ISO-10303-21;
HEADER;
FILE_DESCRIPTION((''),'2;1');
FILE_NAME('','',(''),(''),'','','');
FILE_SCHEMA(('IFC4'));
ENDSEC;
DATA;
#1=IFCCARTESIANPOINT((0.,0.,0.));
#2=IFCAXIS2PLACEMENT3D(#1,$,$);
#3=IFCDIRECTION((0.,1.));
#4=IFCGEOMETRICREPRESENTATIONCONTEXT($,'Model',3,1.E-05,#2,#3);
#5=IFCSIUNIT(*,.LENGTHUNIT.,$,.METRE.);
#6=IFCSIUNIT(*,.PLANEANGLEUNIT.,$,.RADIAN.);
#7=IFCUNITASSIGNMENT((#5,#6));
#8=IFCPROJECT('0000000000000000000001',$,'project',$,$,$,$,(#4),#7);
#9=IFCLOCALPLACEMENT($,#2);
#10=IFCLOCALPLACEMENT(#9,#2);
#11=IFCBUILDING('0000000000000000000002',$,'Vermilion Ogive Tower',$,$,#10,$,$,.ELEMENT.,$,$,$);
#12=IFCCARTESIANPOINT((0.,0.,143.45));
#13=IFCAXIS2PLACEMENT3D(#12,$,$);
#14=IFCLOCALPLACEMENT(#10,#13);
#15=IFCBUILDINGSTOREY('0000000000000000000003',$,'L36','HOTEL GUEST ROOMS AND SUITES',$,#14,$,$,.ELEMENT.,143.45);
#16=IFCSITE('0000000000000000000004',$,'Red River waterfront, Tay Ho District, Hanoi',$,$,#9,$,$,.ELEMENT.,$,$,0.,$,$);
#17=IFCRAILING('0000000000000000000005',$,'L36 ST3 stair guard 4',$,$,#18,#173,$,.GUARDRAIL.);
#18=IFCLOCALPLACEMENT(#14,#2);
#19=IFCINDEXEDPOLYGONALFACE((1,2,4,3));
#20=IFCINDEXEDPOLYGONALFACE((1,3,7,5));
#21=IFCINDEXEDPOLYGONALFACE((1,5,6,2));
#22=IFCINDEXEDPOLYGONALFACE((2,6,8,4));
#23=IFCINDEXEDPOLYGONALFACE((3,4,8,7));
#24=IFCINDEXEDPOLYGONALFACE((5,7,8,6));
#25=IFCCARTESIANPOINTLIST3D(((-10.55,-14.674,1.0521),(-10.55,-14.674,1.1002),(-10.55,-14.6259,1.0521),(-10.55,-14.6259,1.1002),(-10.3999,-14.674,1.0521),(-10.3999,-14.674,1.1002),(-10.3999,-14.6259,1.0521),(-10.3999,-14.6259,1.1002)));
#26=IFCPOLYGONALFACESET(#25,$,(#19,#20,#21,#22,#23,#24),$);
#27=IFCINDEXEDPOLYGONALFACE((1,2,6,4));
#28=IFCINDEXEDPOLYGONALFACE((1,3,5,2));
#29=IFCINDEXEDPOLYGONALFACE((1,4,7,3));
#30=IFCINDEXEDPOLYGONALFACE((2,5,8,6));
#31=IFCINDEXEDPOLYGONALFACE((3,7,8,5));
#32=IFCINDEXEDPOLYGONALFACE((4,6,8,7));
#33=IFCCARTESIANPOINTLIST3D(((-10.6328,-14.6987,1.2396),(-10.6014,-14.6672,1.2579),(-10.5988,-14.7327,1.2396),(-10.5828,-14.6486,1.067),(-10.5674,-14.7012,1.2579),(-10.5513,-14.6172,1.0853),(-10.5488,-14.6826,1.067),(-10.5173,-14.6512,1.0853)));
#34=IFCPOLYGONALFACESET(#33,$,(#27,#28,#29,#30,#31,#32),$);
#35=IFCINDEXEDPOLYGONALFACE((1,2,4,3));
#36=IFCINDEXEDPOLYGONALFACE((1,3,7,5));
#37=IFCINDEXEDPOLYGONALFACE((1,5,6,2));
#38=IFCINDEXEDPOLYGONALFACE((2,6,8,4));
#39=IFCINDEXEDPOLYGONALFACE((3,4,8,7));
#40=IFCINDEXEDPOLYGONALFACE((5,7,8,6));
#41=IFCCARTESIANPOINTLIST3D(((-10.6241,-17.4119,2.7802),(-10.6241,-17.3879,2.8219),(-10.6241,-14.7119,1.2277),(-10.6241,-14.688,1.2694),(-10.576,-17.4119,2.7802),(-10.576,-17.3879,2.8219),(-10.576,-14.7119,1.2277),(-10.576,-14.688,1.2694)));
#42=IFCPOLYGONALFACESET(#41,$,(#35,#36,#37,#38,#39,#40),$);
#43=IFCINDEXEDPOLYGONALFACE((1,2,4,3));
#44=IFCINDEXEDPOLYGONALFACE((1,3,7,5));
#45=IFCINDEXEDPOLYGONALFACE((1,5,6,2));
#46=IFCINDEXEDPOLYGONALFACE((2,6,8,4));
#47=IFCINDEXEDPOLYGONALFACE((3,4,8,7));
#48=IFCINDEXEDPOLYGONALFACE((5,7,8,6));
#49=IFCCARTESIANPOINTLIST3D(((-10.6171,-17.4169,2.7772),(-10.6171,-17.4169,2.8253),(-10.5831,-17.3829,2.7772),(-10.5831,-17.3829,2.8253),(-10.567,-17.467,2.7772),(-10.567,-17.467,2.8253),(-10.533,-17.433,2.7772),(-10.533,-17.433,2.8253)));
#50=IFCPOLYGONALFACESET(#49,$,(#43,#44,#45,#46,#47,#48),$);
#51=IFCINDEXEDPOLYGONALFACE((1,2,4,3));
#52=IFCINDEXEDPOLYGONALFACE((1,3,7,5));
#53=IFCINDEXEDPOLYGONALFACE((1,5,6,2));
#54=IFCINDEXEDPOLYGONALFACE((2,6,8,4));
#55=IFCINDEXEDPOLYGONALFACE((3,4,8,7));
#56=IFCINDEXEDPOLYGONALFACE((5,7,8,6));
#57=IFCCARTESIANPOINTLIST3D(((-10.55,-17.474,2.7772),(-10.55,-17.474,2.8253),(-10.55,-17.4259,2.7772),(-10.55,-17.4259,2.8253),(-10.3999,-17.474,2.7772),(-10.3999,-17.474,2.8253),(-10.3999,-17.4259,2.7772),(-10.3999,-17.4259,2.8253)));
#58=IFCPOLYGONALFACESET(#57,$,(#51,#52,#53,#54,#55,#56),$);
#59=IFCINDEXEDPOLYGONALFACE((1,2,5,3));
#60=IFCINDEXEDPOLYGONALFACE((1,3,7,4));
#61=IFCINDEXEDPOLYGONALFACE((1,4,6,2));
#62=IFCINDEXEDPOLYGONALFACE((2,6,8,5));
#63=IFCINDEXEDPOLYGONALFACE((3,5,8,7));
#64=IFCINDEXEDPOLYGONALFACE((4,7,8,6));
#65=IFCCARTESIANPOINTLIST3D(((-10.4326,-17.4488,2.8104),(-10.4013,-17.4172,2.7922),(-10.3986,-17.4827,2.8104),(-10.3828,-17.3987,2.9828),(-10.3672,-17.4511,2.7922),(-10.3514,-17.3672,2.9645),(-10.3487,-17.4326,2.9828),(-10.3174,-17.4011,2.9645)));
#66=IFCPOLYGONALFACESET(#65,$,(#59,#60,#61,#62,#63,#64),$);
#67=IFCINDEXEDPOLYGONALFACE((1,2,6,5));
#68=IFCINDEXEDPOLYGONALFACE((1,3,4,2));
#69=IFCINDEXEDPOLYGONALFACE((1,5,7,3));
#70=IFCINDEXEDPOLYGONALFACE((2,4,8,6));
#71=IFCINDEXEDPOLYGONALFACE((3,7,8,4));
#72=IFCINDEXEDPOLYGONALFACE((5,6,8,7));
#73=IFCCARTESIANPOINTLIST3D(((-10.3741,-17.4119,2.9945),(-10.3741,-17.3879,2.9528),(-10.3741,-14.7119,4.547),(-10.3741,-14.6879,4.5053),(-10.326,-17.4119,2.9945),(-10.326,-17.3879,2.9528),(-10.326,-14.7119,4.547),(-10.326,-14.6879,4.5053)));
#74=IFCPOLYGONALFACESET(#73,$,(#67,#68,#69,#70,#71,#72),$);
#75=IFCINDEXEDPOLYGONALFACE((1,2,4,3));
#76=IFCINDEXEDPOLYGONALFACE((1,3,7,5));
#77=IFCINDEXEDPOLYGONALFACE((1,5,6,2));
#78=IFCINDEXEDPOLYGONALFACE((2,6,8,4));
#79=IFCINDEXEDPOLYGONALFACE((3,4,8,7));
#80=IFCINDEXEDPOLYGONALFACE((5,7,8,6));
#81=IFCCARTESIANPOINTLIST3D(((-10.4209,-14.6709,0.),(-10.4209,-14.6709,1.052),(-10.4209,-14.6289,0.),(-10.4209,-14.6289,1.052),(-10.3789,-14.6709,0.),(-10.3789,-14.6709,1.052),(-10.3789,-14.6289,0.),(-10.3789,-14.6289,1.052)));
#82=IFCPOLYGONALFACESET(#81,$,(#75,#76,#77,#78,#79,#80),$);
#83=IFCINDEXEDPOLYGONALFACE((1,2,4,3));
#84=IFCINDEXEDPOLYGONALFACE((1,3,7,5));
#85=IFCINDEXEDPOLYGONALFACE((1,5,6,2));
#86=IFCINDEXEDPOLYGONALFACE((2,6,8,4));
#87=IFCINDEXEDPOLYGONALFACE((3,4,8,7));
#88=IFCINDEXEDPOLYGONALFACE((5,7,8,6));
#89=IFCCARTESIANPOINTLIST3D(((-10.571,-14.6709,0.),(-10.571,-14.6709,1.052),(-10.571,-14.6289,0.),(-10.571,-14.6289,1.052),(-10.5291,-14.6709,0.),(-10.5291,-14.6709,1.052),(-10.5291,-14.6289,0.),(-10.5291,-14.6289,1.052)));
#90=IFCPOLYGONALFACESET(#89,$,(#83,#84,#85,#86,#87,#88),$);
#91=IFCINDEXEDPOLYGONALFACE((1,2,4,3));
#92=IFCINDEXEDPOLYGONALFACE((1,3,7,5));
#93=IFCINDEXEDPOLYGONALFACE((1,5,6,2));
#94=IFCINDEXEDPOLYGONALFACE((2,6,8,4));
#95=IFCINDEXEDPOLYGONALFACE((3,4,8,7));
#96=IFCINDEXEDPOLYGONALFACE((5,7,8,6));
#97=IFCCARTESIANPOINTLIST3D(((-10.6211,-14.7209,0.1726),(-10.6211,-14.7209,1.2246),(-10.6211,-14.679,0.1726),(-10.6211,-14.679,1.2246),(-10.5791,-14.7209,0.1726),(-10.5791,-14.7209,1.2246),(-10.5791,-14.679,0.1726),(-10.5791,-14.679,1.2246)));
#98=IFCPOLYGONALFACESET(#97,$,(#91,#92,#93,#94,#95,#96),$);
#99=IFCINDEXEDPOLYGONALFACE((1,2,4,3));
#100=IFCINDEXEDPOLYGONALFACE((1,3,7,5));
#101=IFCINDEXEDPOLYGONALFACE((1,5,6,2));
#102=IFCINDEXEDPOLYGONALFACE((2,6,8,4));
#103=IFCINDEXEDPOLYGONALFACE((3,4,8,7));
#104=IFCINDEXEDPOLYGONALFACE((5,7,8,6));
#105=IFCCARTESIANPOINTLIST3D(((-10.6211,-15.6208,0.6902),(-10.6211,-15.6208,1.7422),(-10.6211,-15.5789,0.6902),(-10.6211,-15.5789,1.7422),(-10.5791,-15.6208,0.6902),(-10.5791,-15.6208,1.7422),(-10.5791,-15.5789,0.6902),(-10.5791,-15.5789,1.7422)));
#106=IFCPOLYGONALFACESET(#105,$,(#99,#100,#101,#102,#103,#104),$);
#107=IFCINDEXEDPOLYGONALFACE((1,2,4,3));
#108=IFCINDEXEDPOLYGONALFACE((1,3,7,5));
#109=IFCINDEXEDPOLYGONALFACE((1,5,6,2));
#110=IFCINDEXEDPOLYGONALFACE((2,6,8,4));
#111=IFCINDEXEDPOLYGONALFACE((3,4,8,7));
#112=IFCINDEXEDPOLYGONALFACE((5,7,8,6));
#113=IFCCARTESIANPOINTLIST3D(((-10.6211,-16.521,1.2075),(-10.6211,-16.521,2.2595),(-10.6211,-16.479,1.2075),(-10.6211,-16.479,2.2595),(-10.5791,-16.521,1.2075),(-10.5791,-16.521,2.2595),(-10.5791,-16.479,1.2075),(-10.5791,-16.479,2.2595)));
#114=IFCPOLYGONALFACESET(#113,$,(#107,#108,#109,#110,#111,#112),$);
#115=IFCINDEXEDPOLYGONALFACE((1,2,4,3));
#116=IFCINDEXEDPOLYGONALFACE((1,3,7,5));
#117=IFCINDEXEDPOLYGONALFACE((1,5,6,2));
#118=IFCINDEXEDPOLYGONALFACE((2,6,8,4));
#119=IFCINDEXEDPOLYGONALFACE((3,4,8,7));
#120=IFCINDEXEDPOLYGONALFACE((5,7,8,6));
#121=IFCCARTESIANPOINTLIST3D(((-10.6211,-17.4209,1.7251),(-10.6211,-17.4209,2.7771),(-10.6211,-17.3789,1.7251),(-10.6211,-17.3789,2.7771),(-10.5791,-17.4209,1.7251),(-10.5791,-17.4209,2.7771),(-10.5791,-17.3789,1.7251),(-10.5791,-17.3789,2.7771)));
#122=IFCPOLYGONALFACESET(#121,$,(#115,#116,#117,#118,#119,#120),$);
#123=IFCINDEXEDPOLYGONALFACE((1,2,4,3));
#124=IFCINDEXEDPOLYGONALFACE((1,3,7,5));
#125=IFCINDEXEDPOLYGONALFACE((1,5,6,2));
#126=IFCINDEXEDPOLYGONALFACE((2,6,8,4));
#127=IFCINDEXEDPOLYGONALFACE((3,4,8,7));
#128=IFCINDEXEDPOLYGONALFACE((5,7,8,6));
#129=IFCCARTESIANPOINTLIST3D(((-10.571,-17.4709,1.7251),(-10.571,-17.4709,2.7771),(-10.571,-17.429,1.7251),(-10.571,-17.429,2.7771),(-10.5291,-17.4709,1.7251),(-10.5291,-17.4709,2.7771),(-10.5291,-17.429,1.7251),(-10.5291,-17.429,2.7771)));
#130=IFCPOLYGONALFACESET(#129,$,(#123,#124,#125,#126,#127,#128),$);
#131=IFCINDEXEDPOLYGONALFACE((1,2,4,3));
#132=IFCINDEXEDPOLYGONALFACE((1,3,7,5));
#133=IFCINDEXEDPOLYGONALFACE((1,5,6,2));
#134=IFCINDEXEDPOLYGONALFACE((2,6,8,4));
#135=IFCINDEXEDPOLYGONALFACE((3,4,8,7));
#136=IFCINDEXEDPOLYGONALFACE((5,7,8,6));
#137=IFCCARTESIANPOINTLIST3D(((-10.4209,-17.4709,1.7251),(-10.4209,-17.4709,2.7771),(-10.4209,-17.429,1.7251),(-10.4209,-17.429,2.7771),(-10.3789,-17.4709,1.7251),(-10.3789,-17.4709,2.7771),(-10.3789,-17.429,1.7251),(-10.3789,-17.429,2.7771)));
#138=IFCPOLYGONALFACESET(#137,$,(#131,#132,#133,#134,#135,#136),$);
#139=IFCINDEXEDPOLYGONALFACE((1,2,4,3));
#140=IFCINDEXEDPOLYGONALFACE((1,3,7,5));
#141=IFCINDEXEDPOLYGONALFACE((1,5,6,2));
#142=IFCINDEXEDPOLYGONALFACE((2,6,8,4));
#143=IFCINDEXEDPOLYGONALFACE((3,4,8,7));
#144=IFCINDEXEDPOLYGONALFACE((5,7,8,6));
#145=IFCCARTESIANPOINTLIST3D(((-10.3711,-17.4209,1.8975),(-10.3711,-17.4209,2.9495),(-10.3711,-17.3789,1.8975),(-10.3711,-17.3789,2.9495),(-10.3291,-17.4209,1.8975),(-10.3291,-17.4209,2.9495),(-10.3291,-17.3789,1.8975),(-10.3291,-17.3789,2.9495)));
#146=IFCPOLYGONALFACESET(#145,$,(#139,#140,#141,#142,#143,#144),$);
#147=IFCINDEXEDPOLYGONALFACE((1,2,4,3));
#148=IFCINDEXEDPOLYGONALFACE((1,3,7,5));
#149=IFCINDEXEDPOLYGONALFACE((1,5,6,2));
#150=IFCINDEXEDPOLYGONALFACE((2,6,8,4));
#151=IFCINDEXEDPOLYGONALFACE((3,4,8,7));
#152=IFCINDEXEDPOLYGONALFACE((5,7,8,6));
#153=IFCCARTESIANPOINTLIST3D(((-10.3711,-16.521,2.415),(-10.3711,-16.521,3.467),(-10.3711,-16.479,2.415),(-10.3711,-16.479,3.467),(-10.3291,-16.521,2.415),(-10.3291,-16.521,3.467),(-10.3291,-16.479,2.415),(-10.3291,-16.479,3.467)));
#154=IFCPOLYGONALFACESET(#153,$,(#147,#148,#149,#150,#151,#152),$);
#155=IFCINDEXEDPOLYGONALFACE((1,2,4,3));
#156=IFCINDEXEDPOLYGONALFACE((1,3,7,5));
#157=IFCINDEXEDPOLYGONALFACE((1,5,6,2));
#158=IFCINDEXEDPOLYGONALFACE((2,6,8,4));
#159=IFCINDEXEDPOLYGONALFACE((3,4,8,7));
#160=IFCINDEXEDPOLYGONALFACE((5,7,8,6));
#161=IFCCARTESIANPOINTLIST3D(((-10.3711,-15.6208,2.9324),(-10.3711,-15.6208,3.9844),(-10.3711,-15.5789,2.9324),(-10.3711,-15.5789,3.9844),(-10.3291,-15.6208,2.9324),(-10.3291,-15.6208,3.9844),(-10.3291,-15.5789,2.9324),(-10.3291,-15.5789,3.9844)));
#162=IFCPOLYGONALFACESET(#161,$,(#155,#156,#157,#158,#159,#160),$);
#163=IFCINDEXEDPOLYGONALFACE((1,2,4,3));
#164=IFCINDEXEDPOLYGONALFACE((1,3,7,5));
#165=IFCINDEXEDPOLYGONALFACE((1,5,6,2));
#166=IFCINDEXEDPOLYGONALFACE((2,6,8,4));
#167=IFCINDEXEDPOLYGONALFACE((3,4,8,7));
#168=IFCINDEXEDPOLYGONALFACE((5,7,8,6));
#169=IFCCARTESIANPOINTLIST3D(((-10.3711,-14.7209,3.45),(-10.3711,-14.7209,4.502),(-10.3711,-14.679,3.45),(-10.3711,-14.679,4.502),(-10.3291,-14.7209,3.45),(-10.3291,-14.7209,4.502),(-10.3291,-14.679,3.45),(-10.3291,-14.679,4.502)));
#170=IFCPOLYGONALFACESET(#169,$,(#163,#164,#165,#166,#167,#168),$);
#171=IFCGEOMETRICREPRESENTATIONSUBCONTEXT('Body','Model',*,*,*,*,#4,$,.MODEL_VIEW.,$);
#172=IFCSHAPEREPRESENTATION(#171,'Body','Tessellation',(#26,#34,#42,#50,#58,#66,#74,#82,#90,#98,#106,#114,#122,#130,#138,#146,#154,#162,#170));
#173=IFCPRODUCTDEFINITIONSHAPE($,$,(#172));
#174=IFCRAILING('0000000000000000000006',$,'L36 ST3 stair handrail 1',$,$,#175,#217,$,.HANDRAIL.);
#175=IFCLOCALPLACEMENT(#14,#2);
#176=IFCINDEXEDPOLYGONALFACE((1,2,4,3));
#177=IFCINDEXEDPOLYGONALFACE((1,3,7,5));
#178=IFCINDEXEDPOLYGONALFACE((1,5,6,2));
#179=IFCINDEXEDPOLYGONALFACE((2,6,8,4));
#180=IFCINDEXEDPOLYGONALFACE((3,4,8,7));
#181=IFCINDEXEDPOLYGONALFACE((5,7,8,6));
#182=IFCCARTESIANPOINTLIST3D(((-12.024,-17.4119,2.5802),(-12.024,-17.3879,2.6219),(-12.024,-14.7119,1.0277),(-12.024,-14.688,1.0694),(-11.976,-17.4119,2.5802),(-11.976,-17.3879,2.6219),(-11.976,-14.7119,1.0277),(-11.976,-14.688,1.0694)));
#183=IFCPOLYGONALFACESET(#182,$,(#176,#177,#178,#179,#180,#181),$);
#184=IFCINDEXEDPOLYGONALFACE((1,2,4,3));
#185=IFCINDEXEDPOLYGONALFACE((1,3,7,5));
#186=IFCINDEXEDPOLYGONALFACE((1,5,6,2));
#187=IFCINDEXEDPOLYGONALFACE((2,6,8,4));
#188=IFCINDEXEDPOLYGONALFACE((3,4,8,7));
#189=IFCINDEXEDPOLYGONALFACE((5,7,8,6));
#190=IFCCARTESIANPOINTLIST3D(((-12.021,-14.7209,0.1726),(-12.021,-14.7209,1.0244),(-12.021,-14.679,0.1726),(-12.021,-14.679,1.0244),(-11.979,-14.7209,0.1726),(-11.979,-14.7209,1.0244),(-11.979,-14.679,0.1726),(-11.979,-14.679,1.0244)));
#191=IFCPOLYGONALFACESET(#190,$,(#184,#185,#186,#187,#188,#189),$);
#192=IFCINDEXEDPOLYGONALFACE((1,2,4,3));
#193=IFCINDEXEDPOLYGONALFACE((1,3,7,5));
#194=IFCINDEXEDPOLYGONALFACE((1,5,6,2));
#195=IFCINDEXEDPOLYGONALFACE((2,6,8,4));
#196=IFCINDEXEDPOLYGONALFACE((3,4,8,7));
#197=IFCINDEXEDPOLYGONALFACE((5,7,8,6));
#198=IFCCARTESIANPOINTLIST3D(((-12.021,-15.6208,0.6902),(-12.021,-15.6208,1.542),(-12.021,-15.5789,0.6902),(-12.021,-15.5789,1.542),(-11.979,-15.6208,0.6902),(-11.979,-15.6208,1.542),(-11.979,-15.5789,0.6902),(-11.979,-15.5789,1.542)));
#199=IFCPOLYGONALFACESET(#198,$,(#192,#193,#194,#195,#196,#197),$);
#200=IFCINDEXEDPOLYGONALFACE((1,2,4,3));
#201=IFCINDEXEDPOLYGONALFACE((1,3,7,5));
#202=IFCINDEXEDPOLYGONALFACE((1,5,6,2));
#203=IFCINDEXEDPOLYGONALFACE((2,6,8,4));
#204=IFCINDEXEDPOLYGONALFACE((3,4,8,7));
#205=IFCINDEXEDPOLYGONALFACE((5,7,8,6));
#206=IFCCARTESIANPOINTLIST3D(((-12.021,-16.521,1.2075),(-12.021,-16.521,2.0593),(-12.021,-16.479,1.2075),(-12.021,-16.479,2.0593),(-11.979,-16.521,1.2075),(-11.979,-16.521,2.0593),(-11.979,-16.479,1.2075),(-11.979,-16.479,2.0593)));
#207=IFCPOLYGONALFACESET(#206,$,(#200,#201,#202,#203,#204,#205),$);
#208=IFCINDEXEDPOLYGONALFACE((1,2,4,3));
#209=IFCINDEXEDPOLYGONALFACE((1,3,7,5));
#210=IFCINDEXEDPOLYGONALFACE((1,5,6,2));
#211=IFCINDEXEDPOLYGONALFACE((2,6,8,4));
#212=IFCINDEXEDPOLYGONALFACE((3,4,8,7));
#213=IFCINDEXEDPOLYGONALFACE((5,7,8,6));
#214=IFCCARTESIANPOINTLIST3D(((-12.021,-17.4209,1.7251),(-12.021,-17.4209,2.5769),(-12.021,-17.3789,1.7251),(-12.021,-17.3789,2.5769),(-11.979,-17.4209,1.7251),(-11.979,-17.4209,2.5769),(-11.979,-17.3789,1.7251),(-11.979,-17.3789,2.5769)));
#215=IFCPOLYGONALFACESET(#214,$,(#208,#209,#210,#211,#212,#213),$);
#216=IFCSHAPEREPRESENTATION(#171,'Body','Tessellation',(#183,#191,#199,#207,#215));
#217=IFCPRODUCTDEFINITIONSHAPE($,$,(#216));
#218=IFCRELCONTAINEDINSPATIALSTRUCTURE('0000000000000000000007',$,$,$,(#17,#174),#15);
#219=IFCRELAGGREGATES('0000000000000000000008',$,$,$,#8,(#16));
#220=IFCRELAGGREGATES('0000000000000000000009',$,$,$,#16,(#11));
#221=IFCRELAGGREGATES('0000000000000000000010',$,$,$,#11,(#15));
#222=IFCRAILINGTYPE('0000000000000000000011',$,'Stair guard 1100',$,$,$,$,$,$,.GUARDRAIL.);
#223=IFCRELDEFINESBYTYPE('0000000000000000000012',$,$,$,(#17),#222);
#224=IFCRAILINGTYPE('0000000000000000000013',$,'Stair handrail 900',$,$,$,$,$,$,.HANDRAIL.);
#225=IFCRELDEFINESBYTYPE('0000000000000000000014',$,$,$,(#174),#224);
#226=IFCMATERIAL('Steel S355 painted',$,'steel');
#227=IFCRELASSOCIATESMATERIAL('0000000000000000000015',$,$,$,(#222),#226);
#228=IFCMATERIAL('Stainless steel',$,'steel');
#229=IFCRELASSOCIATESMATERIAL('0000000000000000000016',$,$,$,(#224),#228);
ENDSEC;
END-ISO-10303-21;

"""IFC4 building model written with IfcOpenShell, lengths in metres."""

from ifc_helpers import new_model, si_unit, direction, frame, origin, origin_2d, place, context, subcontext, project, spatial, rectangle, extrude, material, type_object, element, save


model = new_model("IFC4")

# Units and contexts
model_context = context("Model", 3, precision=1e-05, world=origin(), true_north=direction((0.0, 1.0)))
body_context = subcontext(model_context, "Body", "Model", "MODEL_VIEW")
ifc_project = project(units=[si_unit("LENGTHUNIT", "METRE"), si_unit("PLANEANGLEUNIT", "RADIAN")], contexts=[model_context])

# Site, building, storey
site_placement = place(None, origin())
site = spatial("IfcSite", under=ifc_project, at=site_placement, Name="Red River waterfront, Tay Ho District, Hanoi", CompositionType="ELEMENT", RefElevation=0.0)
building_placement = place(site_placement, origin())
building = spatial("IfcBuilding", under=site, at=building_placement, Name="Vermilion Ogive Tower", CompositionType="ELEMENT")
storey_placement = place(building_placement, frame((0.0, 0.0, 143.45)))
storey = spatial("IfcBuildingStorey", under=building, at=storey_placement, Name="L36", Description="HOTEL GUEST ROOMS AND SUITES", CompositionType="ELEMENT", Elevation=143.45)

# Railings
ifc_material_1 = material(Name="Steel S355 painted", Category="steel")
railing_type_1 = type_object("IfcRailingType", Name="Stair guard 1100", PredefinedType="GUARDRAIL", material=ifc_material_1)
railing_1_placement = place(storey_placement, frame((-10.3999, -14.6499, 0.0)))
element("IfcRailing", 1, at=railing_1_placement, inside=storey, type_object=railing_type_1, Name="L36 ST3 stair guard 4", PredefinedType="GUARDRAIL", context=body_context, shape_type="SweptSolid", body=[
    extrude(rectangle(XDim=0.0481, YDim=0.0481, at=origin_2d()), frame((0.0, 0.0, 1.0762), z_axis=(-1.0, 0.0, 0.0), x_axis=(0.0, -1.0, 0.0)), (0.0, 0.0, 1.0), 0.1501),
    extrude(rectangle(XDim=0.0481, YDim=0.0481, at=origin_2d()), frame((-0.1501, 0.0, 1.0762), z_axis=(-0.268278, -0.268278, 0.925232), x_axis=(0.707107, -0.707107, 0.0)), (0.0, 0.0, 1.0), 0.1865),
    extrude(rectangle(XDim=0.0481, YDim=0.0481, at=origin_2d()), frame((-0.2002, -0.05, 1.2485), z_axis=(0.0, -0.866904, 0.498476), x_axis=(1.0, 0.0, 0.0)), (0.0, 0.0, 1.0), 3.1145),
    extrude(rectangle(XDim=0.0481, YDim=0.0481, at=origin_2d()), frame((-0.2002, -2.75, 2.8013), z_axis=(0.707107, -0.707107, 0.0), x_axis=(0.707107, 0.707107, 0.0)), (0.0, 0.0, 1.0), 0.0708),
    extrude(rectangle(XDim=0.0481, YDim=0.0481, at=origin_2d()), frame((-0.1501, -2.8, 2.8013), z_axis=(1.0, 0.0, 0.0), x_axis=(0.0, 1.0, 0.0)), (0.0, 0.0, 1.0), 0.1501),
    extrude(rectangle(XDim=0.0481, YDim=0.0481, at=origin_2d()), frame((0.0, -2.8, 2.8013), z_axis=(0.267387, 0.268698, 0.925368), x_axis=(-0.708834, 0.705376, 0.0)), (0.0, 0.0, 1.0), 0.1863),
    extrude(rectangle(XDim=0.0481, YDim=0.0481, at=origin_2d()), frame((0.0498, -2.75, 2.9736), z_axis=(0.0, 0.866904, 0.498476), x_axis=(-1.0, 0.0, 0.0)), (0.0, 0.0, 1.0), 3.1145),
    extrude(rectangle(XDim=0.042, YDim=0.042, at=origin_2d()), origin(), (0.0, 0.0, 1.0), 1.052),
    extrude(rectangle(XDim=0.042, YDim=0.042, at=origin_2d()), frame((-0.1501, 0.0, 0.0)), (0.0, 0.0, 1.0), 1.052),
    extrude(rectangle(XDim=0.042, YDim=0.042, at=origin_2d()), frame((-0.2002, -0.05, 0.1726)), (0.0, 0.0, 1.0), 1.052),
    extrude(rectangle(XDim=0.042, YDim=0.042, at=origin_2d()), frame((-0.2002, -0.95, 0.6902)), (0.0, 0.0, 1.0), 1.052),
    extrude(rectangle(XDim=0.042, YDim=0.042, at=origin_2d()), frame((-0.2002, -1.8501, 1.2075)), (0.0, 0.0, 1.0), 1.052),
    extrude(rectangle(XDim=0.042, YDim=0.042, at=origin_2d()), frame((-0.2002, -2.75, 1.7251)), (0.0, 0.0, 1.0), 1.052),
    extrude(rectangle(XDim=0.042, YDim=0.042, at=origin_2d()), frame((-0.1501, -2.8, 1.7251)), (0.0, 0.0, 1.0), 1.052),
    extrude(rectangle(XDim=0.042, YDim=0.042, at=origin_2d()), frame((0.0, -2.8, 1.7251)), (0.0, 0.0, 1.0), 1.052),
    extrude(rectangle(XDim=0.042, YDim=0.042, at=origin_2d()), frame((0.0498, -2.75, 1.8975)), (0.0, 0.0, 1.0), 1.052),
    extrude(rectangle(XDim=0.042, YDim=0.042, at=origin_2d()), frame((0.0498, -1.8501, 2.415)), (0.0, 0.0, 1.0), 1.052),
    extrude(rectangle(XDim=0.042, YDim=0.042, at=origin_2d()), frame((0.0498, -0.95, 2.9324)), (0.0, 0.0, 1.0), 1.052),
    extrude(rectangle(XDim=0.042, YDim=0.042, at=origin_2d()), frame((0.0498, -0.05, 3.45)), (0.0, 0.0, 1.0), 1.052),
])
ifc_material_2 = material(Name="Stainless steel", Category="steel")
railing_type_2 = type_object("IfcRailingType", Name="Stair handrail 900", PredefinedType="HANDRAIL", material=ifc_material_2)
railing_2_placement = place(storey_placement, frame((-12.0, -14.7, 0.1726)))
element("IfcRailing", 2, at=railing_2_placement, inside=storey, type_object=railing_type_2, Name="L36 ST3 stair handrail 1", PredefinedType="HANDRAIL", context=body_context, shape_type="SweptSolid", body=[
    extrude(rectangle(XDim=0.0481, YDim=0.0481, at=origin_2d()), frame((0.0, 0.0, 0.876), z_axis=(0.0, -0.866904, 0.498476), x_axis=(1.0, 0.0, 0.0)), (0.0, 0.0, 1.0), 3.1145),
    extrude(rectangle(XDim=0.042, YDim=0.042, at=origin_2d()), origin(), (0.0, 0.0, 1.0), 0.8518),
    extrude(rectangle(XDim=0.042, YDim=0.042, at=origin_2d()), frame((0.0, -0.8999, 0.5176)), (0.0, 0.0, 1.0), 0.8518),
    extrude(rectangle(XDim=0.042, YDim=0.042, at=origin_2d()), frame((0.0, -1.8, 1.0349)), (0.0, 0.0, 1.0), 0.8518),
    extrude(rectangle(XDim=0.042, YDim=0.042, at=origin_2d()), frame((0.0, -2.7, 1.5525)), (0.0, 0.0, 1.0), 0.8518),
])

save(model, "model.ifc")
